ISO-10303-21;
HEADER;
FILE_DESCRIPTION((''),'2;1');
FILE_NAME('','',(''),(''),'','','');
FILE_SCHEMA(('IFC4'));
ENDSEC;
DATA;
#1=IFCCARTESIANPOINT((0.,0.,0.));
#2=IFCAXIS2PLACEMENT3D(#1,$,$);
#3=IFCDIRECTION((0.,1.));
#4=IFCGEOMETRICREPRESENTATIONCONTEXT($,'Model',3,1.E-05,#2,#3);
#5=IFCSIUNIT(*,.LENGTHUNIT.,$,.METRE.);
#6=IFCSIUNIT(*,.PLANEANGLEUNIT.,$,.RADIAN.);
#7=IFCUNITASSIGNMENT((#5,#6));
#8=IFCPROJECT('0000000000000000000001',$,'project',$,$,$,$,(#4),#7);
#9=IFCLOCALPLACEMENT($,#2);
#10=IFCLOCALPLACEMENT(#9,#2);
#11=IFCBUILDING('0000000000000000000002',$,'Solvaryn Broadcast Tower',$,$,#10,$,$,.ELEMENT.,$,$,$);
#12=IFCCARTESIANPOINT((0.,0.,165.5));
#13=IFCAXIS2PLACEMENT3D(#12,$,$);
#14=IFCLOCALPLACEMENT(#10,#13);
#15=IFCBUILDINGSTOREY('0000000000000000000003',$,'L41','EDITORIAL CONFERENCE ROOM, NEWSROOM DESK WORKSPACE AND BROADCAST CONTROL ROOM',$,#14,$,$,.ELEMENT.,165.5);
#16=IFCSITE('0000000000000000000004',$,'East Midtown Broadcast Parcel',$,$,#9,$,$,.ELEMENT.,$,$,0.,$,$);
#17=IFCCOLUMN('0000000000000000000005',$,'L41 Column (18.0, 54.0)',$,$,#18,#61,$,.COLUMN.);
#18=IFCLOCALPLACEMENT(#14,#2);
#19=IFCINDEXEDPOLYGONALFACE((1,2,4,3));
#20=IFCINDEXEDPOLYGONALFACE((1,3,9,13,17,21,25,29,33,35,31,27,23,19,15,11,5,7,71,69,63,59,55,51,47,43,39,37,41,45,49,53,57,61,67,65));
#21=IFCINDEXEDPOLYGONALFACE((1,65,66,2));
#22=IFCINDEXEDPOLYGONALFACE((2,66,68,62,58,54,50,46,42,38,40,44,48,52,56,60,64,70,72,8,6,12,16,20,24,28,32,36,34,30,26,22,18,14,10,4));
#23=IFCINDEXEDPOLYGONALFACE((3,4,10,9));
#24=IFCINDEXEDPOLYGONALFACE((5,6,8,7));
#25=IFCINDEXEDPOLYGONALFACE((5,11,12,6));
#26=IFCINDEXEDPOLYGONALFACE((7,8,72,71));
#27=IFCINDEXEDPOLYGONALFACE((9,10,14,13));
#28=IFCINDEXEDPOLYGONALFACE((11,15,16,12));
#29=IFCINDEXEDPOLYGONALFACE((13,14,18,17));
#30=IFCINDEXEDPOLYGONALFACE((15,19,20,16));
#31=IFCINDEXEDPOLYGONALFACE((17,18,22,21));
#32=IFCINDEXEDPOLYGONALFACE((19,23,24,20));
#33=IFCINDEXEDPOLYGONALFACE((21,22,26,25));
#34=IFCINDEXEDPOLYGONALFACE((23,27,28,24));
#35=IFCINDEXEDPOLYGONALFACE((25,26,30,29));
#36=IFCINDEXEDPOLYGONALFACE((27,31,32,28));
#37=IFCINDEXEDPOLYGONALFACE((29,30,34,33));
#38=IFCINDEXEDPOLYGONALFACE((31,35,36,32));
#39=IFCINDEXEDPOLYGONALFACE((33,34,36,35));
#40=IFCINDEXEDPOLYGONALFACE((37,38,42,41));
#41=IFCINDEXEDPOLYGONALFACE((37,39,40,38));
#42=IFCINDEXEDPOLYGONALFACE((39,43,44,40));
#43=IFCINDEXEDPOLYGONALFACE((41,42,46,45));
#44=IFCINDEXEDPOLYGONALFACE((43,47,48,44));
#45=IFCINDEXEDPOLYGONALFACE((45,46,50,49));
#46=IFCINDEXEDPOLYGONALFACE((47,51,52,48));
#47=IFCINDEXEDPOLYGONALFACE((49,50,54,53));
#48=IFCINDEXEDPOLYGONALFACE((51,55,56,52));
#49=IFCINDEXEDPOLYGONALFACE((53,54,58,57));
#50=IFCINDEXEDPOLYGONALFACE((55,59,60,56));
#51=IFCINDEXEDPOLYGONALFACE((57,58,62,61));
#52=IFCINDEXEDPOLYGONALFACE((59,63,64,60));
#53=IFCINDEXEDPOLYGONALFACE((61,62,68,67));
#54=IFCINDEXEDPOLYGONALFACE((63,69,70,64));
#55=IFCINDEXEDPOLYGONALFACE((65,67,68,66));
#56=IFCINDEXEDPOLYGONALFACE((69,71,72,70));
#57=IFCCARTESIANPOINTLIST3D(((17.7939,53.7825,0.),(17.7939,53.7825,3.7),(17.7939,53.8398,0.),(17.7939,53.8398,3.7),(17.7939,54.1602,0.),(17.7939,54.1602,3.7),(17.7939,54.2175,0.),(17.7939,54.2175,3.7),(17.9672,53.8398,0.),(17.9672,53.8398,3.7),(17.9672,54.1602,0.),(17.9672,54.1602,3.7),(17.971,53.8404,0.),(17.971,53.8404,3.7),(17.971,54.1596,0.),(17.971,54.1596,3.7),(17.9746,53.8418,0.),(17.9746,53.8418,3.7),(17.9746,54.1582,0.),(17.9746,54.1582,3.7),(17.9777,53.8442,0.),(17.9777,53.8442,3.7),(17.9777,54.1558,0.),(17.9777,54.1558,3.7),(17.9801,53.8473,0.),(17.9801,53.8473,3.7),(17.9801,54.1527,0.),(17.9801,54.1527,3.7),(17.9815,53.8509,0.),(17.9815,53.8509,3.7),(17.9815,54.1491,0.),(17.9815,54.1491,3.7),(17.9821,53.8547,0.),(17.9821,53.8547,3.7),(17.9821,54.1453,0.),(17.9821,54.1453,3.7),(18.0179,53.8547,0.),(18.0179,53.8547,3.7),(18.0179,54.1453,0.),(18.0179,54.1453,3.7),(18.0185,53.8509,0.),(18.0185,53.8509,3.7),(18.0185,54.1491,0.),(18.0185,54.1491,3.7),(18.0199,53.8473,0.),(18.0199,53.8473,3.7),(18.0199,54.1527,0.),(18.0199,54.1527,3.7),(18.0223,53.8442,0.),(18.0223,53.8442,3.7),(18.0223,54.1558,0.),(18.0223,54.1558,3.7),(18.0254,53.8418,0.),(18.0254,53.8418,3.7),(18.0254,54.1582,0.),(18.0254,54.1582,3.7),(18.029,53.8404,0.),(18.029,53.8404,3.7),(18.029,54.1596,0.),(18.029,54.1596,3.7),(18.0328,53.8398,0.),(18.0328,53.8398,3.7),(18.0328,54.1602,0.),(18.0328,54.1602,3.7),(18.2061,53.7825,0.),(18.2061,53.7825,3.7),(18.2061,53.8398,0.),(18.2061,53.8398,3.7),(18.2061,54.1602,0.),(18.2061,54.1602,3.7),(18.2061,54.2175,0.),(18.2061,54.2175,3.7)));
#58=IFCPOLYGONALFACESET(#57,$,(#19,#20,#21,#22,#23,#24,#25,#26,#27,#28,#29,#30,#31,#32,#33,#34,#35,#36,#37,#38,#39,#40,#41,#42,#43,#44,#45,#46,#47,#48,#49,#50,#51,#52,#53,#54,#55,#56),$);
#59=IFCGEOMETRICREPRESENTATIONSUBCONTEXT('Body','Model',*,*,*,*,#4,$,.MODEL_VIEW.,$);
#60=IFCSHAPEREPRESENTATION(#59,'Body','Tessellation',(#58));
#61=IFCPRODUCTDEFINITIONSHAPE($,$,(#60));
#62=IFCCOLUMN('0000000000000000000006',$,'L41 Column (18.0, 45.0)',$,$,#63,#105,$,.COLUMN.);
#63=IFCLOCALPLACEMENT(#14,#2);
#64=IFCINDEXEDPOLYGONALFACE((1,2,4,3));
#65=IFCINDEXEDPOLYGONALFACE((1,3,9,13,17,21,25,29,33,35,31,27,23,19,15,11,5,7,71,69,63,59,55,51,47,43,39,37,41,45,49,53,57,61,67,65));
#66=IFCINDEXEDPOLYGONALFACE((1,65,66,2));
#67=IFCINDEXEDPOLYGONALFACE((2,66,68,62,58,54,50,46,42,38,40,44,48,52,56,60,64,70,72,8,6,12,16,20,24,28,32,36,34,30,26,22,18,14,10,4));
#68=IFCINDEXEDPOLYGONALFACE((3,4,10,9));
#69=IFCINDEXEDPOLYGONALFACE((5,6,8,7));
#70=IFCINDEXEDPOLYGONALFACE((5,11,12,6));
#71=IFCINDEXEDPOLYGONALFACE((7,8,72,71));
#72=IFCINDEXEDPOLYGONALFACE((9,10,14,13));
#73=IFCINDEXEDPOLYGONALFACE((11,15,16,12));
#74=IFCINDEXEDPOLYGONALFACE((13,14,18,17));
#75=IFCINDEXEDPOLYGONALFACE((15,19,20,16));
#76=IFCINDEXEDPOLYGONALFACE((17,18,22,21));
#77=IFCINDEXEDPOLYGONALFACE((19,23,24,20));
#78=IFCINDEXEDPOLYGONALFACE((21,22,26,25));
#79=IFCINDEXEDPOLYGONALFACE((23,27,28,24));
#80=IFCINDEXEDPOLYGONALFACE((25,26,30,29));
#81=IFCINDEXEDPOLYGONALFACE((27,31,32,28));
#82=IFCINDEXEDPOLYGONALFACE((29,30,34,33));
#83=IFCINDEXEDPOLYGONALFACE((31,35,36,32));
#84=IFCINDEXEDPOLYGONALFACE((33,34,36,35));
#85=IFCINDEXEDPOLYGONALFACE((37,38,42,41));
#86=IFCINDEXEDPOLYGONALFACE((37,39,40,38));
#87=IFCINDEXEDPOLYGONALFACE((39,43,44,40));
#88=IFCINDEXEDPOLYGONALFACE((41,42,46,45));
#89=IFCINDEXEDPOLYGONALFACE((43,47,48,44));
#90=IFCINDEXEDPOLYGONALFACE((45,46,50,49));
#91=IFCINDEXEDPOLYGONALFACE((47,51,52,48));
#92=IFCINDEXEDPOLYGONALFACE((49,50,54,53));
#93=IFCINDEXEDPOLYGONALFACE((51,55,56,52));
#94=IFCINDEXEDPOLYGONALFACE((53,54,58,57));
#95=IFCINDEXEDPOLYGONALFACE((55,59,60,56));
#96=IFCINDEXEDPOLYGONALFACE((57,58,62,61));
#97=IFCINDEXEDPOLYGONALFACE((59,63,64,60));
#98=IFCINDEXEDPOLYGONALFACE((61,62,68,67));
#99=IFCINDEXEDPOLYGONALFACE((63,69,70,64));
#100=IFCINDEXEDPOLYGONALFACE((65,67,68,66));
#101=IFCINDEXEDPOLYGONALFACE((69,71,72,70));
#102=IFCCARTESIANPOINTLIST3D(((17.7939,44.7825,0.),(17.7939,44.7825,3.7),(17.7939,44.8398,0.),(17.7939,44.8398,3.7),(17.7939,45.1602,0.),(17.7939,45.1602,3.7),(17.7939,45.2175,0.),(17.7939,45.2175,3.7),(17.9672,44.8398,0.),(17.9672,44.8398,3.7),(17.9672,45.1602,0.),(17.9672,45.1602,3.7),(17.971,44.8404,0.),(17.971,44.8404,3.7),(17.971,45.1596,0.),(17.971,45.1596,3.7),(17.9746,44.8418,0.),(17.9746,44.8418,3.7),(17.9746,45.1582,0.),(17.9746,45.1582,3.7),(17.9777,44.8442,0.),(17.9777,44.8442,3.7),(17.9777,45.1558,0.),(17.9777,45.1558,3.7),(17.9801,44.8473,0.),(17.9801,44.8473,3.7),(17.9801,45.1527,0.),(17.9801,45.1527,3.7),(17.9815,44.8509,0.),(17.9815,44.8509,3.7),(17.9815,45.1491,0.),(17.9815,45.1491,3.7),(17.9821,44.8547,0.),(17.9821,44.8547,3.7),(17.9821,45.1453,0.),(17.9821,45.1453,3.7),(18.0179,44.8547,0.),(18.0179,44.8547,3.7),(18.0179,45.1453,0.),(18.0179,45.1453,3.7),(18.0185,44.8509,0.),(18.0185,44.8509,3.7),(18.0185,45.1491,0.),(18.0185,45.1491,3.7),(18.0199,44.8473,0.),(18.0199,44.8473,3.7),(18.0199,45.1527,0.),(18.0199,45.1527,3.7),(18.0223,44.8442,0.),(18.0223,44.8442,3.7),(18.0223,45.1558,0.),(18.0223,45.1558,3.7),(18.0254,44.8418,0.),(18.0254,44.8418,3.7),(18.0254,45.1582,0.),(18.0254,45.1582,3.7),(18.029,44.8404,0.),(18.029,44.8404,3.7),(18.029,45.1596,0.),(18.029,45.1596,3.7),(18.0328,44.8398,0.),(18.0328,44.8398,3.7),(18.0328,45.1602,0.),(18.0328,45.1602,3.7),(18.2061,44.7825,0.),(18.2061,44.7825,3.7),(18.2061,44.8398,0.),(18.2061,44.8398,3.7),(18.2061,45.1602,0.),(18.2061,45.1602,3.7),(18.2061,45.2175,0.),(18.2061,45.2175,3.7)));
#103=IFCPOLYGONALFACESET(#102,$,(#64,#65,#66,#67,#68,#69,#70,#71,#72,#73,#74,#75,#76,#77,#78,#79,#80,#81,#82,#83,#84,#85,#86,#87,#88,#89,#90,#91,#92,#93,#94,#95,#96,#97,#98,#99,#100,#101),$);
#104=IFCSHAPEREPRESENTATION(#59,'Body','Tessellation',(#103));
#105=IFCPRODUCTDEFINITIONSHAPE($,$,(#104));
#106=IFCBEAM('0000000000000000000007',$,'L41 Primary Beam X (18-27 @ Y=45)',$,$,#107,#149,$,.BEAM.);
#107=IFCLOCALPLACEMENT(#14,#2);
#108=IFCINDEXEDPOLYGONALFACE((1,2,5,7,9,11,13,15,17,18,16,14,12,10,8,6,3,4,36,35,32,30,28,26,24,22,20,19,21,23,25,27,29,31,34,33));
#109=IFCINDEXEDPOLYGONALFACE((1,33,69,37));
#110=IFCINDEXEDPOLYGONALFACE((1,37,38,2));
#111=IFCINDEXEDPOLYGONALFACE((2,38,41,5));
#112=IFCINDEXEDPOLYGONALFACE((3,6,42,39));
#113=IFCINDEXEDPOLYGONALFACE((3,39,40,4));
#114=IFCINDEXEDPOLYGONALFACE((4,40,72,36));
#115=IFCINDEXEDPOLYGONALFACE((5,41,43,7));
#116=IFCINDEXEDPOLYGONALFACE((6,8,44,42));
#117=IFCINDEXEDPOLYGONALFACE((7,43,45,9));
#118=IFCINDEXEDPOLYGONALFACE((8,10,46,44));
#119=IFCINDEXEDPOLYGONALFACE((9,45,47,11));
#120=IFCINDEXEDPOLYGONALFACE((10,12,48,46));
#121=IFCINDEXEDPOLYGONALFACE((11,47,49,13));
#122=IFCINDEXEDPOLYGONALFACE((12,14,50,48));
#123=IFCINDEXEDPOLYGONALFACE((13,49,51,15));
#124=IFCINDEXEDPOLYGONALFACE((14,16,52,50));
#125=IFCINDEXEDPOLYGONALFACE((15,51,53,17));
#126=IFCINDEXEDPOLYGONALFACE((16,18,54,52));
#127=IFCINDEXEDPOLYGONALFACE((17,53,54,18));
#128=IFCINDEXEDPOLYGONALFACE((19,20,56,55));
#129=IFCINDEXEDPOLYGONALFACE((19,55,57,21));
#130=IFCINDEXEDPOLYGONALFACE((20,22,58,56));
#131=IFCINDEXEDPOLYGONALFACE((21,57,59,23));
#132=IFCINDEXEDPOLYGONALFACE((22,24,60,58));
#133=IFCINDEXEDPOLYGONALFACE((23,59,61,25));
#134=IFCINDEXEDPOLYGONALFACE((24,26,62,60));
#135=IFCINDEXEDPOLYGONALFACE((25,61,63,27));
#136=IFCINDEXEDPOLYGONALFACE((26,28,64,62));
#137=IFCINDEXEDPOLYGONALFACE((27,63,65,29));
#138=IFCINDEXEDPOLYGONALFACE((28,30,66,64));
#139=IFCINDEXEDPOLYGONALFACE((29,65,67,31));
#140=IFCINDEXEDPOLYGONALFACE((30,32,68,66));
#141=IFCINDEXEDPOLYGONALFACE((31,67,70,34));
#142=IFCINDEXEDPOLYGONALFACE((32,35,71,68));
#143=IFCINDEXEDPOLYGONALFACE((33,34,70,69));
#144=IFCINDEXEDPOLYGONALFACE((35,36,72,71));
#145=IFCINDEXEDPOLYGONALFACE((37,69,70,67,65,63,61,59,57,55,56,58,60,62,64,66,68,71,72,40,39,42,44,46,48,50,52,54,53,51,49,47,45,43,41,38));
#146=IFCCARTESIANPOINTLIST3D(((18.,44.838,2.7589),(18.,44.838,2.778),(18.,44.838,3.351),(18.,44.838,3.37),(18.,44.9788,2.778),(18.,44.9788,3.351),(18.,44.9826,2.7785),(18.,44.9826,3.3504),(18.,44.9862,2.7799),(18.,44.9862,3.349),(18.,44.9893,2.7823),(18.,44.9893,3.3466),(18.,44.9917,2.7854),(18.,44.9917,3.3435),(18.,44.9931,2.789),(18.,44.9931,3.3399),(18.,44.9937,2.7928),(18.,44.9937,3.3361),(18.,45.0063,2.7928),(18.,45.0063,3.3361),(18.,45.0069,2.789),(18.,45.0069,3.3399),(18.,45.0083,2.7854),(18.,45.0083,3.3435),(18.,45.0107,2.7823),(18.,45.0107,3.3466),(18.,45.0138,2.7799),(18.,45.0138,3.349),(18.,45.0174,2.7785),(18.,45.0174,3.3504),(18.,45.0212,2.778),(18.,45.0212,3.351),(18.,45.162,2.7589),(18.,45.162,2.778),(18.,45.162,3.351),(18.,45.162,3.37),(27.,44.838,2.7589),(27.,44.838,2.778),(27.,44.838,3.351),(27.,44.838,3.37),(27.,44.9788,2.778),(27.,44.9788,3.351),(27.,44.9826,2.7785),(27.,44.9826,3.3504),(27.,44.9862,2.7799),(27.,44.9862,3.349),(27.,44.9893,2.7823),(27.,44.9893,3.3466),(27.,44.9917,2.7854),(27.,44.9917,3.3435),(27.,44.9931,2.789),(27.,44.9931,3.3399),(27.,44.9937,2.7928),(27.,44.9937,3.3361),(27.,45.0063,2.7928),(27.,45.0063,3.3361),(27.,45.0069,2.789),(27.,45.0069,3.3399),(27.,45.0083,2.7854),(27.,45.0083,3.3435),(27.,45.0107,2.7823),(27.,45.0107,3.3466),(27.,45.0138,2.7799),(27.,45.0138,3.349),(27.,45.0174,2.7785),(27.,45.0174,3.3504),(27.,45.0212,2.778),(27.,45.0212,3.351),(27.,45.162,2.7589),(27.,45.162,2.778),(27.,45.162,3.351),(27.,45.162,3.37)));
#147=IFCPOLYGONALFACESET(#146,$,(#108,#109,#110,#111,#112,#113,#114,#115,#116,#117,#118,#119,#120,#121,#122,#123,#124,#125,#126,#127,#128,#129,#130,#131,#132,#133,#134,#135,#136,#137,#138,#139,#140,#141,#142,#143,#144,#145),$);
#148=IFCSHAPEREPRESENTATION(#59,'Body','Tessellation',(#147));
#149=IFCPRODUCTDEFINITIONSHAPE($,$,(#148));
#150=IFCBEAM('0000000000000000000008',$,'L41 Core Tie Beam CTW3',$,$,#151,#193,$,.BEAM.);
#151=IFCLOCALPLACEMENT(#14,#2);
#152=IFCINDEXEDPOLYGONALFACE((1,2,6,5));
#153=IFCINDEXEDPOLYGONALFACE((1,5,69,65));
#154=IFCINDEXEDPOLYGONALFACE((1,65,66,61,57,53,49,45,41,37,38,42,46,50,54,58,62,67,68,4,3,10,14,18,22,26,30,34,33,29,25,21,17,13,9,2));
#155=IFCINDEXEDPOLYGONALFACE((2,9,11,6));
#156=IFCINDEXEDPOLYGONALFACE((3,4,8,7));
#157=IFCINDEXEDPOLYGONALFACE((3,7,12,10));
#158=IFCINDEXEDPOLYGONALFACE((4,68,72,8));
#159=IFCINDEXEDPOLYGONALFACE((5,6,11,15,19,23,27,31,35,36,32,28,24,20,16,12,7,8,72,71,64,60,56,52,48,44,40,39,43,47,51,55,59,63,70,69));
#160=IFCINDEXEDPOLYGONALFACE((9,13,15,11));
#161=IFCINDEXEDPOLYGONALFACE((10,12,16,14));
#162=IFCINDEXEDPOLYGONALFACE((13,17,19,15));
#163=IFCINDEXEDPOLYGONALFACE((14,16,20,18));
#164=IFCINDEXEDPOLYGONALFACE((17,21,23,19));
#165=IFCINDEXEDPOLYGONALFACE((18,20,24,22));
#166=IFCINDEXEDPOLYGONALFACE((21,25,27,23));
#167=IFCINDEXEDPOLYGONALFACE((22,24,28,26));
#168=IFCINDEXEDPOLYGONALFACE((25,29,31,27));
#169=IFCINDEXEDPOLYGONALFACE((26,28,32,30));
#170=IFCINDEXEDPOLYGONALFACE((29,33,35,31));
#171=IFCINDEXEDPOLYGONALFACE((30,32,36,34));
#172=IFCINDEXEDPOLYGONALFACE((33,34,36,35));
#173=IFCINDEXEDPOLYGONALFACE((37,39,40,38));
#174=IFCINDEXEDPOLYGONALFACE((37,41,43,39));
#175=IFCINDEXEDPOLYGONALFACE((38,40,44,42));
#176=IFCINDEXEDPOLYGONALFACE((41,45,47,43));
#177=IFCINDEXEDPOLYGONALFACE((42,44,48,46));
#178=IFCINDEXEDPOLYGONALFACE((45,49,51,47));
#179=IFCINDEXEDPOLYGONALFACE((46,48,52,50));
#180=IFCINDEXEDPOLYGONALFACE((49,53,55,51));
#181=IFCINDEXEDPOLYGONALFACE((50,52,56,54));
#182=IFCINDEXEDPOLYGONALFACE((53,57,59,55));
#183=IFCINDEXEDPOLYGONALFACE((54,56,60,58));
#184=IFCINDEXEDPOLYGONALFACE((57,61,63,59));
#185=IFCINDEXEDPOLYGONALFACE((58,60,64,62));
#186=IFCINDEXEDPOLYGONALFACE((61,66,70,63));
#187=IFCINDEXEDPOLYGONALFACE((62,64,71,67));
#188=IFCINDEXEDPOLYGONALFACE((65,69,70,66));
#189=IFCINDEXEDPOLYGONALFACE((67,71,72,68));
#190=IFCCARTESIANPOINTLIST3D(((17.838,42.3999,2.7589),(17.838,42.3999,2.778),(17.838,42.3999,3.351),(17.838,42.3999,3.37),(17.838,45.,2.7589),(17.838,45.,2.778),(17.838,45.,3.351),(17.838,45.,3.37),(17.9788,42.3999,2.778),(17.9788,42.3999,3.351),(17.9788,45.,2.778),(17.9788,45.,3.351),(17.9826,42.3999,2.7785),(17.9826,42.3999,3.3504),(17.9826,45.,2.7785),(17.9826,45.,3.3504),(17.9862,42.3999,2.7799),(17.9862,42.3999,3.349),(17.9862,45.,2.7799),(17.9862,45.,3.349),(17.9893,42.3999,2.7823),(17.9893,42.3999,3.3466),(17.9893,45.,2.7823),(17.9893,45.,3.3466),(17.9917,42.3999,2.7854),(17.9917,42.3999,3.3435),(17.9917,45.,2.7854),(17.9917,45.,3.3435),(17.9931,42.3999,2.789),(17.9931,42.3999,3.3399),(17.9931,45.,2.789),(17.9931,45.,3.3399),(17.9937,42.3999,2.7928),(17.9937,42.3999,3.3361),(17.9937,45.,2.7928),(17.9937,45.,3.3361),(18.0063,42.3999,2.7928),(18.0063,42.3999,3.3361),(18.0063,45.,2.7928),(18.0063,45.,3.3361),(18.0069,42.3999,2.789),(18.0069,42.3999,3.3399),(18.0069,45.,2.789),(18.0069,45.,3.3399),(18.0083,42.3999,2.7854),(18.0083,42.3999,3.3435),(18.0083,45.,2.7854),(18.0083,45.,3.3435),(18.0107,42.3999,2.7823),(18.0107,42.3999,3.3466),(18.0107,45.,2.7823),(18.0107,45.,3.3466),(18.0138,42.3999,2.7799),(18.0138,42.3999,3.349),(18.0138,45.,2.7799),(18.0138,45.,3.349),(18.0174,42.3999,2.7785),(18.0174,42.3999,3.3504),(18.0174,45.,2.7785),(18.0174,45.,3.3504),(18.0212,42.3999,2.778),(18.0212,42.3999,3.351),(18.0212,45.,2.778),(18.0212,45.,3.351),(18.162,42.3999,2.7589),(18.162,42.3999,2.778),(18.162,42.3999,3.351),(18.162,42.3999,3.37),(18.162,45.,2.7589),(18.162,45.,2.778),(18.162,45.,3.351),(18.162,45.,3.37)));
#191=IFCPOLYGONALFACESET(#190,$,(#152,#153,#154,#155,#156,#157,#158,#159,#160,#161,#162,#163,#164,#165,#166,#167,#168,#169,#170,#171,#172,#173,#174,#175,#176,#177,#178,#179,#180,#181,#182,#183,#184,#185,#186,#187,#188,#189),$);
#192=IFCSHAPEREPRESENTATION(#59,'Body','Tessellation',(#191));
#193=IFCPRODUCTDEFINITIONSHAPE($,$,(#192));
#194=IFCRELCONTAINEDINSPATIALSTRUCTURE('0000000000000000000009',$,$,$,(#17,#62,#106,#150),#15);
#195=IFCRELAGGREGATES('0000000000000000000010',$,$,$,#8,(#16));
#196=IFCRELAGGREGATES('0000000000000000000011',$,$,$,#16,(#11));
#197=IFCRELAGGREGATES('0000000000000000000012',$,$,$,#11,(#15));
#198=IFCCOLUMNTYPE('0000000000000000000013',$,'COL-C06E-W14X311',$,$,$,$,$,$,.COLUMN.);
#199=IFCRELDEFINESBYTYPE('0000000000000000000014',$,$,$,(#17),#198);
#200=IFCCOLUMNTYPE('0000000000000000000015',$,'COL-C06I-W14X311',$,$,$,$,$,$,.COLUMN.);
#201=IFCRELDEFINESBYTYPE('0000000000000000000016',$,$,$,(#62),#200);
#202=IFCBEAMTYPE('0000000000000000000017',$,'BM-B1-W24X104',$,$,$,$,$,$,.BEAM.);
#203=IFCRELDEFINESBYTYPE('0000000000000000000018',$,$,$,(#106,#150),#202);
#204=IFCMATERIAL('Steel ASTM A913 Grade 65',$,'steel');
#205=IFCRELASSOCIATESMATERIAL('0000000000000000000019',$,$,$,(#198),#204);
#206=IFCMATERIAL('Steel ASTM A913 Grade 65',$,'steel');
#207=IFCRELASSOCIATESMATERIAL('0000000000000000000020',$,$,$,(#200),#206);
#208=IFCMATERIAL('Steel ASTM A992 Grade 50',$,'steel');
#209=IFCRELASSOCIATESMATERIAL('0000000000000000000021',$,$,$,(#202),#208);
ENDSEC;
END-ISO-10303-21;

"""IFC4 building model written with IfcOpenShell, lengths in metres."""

from ifc_helpers import new_model, si_unit, direction, frame, origin, origin_2d, place, context, subcontext, project, spatial, i_section, extrude, material, material_profile, profile_set, type_object, element, save


model = new_model("IFC4")

# Units and contexts
model_context = context("Model", 3, precision=1e-05, world=origin(), true_north=direction((0.0, 1.0)))
body_context = subcontext(model_context, "Body", "Model", "MODEL_VIEW")
ifc_project = project(units=[si_unit("LENGTHUNIT", "METRE"), si_unit("PLANEANGLEUNIT", "RADIAN")], contexts=[model_context])

# Site, building, storey
site_placement = place(None, origin())
site = spatial("IfcSite", under=ifc_project, at=site_placement, Name="East Midtown Broadcast Parcel", CompositionType="ELEMENT", RefElevation=0.0)
building_placement = place(site_placement, origin())
building = spatial("IfcBuilding", under=site, at=building_placement, Name="Solvaryn Broadcast Tower", CompositionType="ELEMENT")
storey_placement = place(building_placement, frame((0.0, 0.0, 165.5)))
storey = spatial("IfcBuildingStorey", under=building, at=storey_placement, Name="L41", Description="EDITORIAL CONFERENCE ROOM, NEWSROOM DESK WORKSPACE AND BROADCAST CONTROL ROOM", CompositionType="ELEMENT", Elevation=165.5)

# Columns
ifc_material_1 = material(Name="Steel ASTM A913 Grade 65", Category="steel")
ifc_material_profile_1 = material_profile(ifc_material_1, i_section(OverallWidth=0.4121, OverallDepth=0.4351, WebThickness=0.0359, FlangeThickness=0.0574, FilletRadius=0.0149, at=origin_2d()))
ifc_profile_set_1 = profile_set([ifc_material_profile_1], Name="Steel ASTM A913 Grade 65")
column_type_1 = type_object("IfcColumnType", Name="COL-C06E-W14X311", PredefinedType="COLUMN", material=ifc_profile_set_1)
column_1_placement = place(storey_placement, frame((18.0, 54.0, 0.0), z_axis=(0.0, 0.0, 1.0), x_axis=(1.0, 0.0, 0.0)))
element("IfcColumn", 1, at=column_1_placement, inside=storey, type_object=column_type_1, Name="L41 Column (18.0, 54.0)", PredefinedType="COLUMN", context=body_context, shape_type="SweptSolid", body=[
    extrude(i_section(OverallWidth=0.4121, OverallDepth=0.4351, WebThickness=0.0359, FlangeThickness=0.0574, FilletRadius=0.0149, at=origin_2d()), origin(), (0.0, 0.0, 1.0), 3.7),
])
ifc_material_2 = material(Name="Steel ASTM A913 Grade 65", Category="steel")
ifc_material_profile_2 = material_profile(ifc_material_2, i_section(OverallWidth=0.4121, OverallDepth=0.4351, WebThickness=0.0359, FlangeThickness=0.0574, FilletRadius=0.0149, at=origin_2d()))
ifc_profile_set_2 = profile_set([ifc_material_profile_2], Name="Steel ASTM A913 Grade 65")
column_type_2 = type_object("IfcColumnType", Name="COL-C06I-W14X311", PredefinedType="COLUMN", material=ifc_profile_set_2)
column_2_placement = place(storey_placement, frame((18.0, 45.0, 0.0), z_axis=(0.0, 0.0, 1.0), x_axis=(1.0, 0.0, 0.0)))
element("IfcColumn", 2, at=column_2_placement, inside=storey, type_object=column_type_2, Name="L41 Column (18.0, 45.0)", PredefinedType="COLUMN", context=body_context, shape_type="SweptSolid", body=[
    extrude(i_section(OverallWidth=0.4121, OverallDepth=0.4351, WebThickness=0.0359, FlangeThickness=0.0574, FilletRadius=0.0149, at=origin_2d()), origin(), (0.0, 0.0, 1.0), 3.7),
])

# Beams
ifc_material_3 = material(Name="Steel ASTM A992 Grade 50", Category="steel")
ifc_material_profile_3 = material_profile(ifc_material_3, i_section(OverallWidth=0.324, OverallDepth=0.6111, WebThickness=0.0127, FlangeThickness=0.019, FilletRadius=0.0149, at=origin_2d()))
ifc_profile_set_3 = profile_set([ifc_material_profile_3], Name="Steel ASTM A992 Grade 50")
beam_type_1 = type_object("IfcBeamType", Name="BM-B1-W24X104", PredefinedType="BEAM", material=ifc_profile_set_3)
beam_1_placement = place(storey_placement, frame((18.0, 45.0, 3.0645), z_axis=(1.0, 0.0, 0.0), x_axis=(0.0, 1.0, 0.0)))
element("IfcBeam", 3, at=beam_1_placement, inside=storey, type_object=beam_type_1, Name="L41 Primary Beam X (18-27 @ Y=45)", PredefinedType="BEAM", context=body_context, shape_type="SweptSolid", body=[
    extrude(i_section(OverallWidth=0.324, OverallDepth=0.6111, WebThickness=0.0127, FlangeThickness=0.019, FilletRadius=0.0149, at=origin_2d()), origin(), (0.0, 0.0, 1.0), 9.0),
])
beam_2_placement = place(storey_placement, frame((18.0, 42.3999, 3.0645), z_axis=(0.0, 1.0, 0.0), x_axis=(-1.0, 0.0, 0.0)))
element("IfcBeam", 4, at=beam_2_placement, inside=storey, type_object=beam_type_1, Name="L41 Core Tie Beam CTW3", PredefinedType="BEAM", context=body_context, shape_type="SweptSolid", body=[
    extrude(i_section(OverallWidth=0.324, OverallDepth=0.6111, WebThickness=0.0127, FlangeThickness=0.019, FilletRadius=0.0149, at=origin_2d()), origin(), (0.0, 0.0, 1.0), 2.6001),
])

save(model, "model.ifc")
